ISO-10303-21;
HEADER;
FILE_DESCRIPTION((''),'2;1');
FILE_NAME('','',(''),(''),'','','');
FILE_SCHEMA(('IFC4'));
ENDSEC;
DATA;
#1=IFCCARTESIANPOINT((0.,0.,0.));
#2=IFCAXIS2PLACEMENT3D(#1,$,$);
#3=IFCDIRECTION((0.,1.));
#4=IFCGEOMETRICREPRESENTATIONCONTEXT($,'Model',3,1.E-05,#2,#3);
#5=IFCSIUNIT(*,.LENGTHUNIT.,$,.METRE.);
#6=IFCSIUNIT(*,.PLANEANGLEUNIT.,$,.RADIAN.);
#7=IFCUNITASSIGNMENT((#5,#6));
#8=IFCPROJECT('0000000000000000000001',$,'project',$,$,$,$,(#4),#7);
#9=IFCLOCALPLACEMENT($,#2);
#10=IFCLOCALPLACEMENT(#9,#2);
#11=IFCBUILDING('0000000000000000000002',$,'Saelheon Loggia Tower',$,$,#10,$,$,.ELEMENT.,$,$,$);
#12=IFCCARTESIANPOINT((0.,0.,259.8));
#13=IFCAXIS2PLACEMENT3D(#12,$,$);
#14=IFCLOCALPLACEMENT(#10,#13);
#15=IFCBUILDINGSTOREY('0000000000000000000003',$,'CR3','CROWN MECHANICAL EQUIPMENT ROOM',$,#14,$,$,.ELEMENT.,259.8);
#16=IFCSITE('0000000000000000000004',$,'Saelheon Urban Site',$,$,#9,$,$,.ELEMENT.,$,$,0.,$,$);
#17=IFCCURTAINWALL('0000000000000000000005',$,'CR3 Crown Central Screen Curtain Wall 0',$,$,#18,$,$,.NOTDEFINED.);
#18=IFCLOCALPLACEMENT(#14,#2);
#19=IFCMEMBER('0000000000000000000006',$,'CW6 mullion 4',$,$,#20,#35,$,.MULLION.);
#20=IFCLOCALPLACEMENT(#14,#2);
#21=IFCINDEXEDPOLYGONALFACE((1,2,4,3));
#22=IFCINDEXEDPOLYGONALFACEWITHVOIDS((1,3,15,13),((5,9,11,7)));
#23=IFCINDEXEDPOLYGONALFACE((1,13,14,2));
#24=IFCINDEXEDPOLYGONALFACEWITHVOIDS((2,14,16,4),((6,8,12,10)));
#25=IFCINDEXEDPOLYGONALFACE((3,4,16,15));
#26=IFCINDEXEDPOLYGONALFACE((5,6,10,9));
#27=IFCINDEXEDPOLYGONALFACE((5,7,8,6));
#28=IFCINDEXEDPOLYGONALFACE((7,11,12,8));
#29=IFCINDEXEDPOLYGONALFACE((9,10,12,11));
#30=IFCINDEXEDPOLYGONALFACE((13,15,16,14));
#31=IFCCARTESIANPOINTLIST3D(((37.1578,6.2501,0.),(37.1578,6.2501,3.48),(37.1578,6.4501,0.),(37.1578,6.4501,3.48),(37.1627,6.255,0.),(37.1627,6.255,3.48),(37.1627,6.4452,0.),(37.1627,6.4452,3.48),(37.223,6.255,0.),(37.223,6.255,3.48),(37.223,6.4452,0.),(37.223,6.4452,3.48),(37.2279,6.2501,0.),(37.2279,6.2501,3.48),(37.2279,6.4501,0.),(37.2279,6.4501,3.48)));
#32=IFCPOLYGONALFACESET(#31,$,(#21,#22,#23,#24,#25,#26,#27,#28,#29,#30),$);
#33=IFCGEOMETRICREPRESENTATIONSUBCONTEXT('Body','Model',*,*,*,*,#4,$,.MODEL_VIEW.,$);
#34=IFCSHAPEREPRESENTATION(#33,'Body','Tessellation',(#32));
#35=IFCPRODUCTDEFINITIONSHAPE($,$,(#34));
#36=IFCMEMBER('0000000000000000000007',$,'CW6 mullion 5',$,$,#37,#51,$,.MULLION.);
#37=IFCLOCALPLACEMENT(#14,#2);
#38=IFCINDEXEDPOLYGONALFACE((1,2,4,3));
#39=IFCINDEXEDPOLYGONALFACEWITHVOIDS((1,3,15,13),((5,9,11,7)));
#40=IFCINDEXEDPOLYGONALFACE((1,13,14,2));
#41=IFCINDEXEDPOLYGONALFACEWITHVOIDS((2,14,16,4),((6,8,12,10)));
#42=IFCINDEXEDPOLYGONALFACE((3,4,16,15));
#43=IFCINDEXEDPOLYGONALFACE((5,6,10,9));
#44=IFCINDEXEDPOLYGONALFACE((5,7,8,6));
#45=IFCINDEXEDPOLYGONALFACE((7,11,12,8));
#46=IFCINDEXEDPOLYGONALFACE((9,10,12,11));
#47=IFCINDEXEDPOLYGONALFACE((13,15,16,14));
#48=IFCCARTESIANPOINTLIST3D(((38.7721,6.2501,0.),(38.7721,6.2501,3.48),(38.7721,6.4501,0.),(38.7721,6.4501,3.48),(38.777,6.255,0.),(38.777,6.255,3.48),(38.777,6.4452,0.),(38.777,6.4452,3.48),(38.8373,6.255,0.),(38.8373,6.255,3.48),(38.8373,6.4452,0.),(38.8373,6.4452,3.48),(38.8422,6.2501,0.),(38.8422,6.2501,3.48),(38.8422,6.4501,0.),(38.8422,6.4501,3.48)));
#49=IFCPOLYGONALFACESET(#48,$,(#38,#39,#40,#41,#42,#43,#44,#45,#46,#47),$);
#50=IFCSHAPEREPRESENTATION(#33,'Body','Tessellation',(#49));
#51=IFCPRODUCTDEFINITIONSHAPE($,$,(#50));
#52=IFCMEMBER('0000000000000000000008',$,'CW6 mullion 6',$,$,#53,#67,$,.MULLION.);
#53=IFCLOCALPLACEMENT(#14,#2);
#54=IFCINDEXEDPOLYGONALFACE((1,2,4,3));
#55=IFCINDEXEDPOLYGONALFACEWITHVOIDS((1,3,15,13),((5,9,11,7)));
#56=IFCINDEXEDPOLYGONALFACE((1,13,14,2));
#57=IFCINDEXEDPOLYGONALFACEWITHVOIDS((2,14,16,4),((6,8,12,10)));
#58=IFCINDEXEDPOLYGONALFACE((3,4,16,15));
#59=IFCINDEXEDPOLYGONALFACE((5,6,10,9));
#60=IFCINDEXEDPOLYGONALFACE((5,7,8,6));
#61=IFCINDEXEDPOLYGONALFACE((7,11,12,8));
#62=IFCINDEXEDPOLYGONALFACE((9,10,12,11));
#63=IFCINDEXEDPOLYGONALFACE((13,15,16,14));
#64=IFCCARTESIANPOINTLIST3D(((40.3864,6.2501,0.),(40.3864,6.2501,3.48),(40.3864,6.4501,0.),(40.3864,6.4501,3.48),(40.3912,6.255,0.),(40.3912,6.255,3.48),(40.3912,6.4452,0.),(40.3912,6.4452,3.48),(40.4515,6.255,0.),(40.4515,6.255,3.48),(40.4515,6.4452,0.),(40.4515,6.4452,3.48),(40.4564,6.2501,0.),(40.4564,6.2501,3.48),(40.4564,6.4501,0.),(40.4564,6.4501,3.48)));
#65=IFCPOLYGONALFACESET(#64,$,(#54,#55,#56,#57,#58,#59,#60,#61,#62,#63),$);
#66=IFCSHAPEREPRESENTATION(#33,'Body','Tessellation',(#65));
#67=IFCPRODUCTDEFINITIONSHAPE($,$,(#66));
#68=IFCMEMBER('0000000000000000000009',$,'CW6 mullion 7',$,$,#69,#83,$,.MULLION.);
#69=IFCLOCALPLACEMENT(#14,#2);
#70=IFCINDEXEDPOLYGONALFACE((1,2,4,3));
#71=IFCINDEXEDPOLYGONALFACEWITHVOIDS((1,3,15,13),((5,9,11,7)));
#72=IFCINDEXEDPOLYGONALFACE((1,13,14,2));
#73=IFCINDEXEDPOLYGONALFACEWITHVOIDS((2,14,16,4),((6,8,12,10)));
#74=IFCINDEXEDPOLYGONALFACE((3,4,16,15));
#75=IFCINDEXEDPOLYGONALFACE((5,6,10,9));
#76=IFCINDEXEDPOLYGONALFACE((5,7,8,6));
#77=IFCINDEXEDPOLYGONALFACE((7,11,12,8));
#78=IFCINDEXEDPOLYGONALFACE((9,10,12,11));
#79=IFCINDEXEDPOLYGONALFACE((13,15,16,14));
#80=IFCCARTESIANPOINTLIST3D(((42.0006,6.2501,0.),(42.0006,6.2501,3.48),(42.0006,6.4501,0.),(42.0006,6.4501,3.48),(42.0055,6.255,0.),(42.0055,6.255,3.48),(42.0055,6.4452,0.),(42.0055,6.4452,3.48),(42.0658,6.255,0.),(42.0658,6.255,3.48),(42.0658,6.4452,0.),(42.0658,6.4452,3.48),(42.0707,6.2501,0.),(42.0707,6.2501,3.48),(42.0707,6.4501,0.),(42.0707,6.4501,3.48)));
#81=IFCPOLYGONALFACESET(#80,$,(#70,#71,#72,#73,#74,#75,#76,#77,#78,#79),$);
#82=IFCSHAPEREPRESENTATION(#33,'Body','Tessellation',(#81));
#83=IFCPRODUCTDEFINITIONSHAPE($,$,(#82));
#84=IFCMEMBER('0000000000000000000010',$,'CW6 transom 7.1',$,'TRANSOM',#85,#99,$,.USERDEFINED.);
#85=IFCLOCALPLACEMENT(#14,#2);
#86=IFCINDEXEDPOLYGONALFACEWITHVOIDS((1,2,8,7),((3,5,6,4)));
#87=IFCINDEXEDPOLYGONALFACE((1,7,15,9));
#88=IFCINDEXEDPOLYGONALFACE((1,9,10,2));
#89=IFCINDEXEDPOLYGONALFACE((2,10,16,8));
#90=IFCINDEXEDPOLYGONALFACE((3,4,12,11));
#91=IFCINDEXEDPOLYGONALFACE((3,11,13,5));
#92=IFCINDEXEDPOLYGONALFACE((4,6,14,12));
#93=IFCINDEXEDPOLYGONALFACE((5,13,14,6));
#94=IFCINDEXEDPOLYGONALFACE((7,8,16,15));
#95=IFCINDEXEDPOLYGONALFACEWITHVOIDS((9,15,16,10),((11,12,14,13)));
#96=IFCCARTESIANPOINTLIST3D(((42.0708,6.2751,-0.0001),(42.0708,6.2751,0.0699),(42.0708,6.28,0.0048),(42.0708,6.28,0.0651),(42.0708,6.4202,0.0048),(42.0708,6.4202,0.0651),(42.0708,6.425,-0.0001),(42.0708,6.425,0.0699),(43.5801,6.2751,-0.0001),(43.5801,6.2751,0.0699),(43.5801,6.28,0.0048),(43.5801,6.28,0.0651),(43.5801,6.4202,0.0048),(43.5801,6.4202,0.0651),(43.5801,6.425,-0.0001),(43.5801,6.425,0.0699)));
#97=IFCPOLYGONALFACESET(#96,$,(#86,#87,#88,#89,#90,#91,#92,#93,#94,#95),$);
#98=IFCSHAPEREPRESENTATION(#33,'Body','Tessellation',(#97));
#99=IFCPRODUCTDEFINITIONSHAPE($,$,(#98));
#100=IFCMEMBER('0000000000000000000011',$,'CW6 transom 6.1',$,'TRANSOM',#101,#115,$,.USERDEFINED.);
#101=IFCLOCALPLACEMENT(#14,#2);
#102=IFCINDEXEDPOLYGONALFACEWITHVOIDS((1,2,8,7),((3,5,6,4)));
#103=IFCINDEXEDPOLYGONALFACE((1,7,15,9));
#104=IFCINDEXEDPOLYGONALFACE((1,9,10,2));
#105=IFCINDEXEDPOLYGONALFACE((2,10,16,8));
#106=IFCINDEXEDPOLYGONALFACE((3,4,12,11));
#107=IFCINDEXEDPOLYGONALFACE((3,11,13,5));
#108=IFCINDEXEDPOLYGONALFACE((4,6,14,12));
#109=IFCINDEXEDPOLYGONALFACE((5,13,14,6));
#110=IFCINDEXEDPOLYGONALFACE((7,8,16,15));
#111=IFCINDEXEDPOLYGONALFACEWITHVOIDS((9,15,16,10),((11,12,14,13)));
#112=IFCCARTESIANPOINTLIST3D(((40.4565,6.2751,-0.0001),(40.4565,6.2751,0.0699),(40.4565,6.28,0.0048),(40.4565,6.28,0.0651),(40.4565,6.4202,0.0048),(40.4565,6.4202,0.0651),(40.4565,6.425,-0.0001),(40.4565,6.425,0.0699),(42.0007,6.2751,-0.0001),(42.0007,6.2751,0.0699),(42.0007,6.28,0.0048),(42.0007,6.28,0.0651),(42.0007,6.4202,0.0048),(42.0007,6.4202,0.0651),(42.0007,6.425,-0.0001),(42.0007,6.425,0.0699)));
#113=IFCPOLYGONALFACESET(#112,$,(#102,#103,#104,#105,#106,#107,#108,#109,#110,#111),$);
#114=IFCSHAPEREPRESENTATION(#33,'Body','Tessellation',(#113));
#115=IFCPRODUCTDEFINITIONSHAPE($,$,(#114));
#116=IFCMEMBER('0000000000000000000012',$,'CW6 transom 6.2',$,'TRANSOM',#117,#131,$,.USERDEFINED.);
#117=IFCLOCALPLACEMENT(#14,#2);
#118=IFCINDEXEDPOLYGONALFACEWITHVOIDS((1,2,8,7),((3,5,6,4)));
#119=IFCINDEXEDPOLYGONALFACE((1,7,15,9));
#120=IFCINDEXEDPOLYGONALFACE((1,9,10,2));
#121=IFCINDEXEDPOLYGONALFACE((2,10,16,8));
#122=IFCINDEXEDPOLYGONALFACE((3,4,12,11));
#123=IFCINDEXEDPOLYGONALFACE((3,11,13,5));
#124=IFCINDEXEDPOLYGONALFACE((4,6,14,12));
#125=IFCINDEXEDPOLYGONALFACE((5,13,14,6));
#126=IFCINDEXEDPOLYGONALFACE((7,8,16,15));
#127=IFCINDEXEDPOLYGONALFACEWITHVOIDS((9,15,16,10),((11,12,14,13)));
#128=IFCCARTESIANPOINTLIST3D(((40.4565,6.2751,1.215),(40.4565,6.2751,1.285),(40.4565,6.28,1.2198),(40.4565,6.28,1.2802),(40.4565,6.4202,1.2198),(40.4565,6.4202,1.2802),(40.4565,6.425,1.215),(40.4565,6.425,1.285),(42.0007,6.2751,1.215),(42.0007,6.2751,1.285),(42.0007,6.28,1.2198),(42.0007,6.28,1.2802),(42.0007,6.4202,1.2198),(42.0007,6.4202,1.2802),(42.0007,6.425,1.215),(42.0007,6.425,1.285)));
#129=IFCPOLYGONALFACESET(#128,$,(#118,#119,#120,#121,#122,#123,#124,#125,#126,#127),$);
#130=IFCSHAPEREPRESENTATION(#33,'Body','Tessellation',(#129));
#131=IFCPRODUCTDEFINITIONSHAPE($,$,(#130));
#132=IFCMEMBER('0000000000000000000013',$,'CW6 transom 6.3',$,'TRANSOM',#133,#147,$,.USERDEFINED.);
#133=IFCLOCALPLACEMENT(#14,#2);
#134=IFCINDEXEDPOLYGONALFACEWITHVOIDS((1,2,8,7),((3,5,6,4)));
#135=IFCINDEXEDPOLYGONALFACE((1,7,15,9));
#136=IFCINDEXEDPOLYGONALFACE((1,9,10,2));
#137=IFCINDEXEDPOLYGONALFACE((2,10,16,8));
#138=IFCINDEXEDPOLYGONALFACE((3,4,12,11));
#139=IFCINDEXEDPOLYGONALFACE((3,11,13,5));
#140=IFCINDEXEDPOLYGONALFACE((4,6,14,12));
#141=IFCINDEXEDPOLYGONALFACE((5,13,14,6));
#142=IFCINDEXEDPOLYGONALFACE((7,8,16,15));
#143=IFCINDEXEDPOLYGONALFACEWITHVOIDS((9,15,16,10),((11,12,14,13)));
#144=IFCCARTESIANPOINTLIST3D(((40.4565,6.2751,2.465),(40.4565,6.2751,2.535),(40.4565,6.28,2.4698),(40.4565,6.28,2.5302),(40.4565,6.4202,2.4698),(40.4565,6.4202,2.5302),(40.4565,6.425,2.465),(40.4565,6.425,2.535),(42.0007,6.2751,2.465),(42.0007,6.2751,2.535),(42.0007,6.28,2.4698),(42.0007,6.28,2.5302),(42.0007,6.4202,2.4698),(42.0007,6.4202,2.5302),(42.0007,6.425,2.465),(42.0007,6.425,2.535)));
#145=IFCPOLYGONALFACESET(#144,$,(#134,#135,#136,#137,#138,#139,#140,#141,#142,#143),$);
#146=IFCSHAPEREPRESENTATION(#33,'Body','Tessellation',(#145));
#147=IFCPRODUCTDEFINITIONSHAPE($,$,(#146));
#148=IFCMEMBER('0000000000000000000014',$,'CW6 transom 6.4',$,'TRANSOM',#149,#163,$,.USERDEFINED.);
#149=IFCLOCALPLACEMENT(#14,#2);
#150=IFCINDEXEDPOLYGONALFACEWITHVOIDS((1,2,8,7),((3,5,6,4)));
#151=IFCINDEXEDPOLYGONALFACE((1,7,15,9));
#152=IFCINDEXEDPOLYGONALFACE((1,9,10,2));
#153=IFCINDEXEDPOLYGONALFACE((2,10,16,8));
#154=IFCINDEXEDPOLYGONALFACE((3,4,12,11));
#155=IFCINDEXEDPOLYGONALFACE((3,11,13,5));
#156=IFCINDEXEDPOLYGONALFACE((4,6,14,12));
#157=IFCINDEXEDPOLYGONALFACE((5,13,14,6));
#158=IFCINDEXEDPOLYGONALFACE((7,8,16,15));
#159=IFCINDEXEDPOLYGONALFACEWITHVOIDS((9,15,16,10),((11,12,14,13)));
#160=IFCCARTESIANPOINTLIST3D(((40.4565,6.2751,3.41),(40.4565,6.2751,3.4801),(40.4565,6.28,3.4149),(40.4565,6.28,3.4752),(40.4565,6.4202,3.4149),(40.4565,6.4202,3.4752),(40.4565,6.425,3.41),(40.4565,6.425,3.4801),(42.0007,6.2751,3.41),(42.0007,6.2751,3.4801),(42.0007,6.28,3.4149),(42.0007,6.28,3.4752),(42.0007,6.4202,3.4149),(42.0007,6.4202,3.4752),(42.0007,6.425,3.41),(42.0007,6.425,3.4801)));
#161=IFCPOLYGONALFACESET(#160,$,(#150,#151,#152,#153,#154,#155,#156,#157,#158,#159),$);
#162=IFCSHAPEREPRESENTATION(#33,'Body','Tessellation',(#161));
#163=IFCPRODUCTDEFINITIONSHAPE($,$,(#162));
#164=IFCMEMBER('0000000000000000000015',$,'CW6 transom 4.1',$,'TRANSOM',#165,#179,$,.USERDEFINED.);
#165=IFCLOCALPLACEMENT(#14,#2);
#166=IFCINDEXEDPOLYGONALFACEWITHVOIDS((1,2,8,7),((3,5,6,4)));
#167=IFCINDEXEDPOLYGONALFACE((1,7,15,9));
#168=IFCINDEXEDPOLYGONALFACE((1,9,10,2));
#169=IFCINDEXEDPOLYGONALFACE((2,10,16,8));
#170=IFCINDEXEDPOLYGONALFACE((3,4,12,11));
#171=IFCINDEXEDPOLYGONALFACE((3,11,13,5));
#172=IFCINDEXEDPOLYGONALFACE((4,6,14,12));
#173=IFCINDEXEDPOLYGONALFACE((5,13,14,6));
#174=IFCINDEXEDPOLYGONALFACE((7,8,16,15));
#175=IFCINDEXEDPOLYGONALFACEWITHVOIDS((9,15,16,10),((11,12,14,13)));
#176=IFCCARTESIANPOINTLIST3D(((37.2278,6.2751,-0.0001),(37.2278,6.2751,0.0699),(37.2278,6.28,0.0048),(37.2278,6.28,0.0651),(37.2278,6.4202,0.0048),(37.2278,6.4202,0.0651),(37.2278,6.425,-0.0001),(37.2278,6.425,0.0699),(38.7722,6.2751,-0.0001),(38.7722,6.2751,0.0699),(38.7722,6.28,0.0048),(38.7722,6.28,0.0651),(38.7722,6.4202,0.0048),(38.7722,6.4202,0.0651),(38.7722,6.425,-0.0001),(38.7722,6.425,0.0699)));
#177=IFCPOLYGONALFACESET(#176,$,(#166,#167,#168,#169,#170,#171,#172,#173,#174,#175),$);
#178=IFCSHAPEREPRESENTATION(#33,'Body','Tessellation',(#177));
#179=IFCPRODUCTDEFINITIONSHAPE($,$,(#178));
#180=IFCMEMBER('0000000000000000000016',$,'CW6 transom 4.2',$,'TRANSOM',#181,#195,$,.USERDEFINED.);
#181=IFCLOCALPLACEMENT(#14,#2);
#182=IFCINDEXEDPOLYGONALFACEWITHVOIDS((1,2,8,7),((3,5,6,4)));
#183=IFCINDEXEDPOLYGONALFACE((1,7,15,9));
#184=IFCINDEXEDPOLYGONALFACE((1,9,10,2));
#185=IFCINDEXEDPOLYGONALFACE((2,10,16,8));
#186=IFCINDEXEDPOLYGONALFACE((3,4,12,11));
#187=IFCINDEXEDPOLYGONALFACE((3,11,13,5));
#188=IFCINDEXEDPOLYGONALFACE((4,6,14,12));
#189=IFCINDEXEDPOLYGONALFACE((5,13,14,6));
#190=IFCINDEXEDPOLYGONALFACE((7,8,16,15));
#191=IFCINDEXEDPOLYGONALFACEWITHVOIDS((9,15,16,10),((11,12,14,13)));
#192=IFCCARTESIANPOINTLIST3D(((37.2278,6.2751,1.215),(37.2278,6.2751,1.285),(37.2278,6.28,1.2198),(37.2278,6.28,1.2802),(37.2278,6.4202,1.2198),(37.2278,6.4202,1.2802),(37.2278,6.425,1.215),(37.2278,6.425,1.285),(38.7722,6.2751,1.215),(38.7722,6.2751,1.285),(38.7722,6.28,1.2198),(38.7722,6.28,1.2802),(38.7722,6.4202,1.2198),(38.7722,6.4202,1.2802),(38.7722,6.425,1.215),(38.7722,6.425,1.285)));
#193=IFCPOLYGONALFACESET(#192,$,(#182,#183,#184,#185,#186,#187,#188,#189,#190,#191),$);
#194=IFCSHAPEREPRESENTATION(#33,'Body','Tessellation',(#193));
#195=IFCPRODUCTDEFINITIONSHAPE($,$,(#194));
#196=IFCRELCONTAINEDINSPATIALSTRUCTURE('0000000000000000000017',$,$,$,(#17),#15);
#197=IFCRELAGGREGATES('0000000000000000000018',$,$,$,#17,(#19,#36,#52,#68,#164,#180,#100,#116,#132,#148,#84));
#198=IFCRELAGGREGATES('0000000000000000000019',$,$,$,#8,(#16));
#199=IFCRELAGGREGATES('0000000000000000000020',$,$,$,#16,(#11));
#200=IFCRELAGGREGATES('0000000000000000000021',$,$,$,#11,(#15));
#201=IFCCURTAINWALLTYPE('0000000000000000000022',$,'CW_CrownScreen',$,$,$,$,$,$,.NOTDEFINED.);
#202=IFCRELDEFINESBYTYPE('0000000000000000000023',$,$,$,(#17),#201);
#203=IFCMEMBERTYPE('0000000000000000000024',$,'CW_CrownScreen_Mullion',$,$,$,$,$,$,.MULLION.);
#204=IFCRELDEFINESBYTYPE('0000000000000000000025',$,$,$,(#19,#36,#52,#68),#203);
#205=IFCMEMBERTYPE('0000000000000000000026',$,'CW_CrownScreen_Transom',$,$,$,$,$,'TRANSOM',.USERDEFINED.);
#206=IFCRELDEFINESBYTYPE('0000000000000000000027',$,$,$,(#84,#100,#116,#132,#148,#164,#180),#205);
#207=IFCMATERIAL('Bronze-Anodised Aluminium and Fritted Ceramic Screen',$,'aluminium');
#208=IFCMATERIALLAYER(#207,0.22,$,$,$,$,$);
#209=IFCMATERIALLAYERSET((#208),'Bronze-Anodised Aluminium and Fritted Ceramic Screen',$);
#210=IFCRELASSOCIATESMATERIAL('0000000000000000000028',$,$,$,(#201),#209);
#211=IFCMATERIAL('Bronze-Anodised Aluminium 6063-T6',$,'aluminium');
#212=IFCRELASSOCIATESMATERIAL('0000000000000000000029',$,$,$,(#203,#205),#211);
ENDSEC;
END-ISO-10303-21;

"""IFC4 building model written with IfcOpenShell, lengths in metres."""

from ifc_helpers import new_model, si_unit, direction, frame, origin, origin_2d, place, context, subcontext, project, spatial, hollow_rectangle, extrude, source, transform, mapped, material, layer, layer_set, material_profile, profile_set, type_object, element, aggregate, save


model = new_model("IFC4")

# Units and contexts
model_context = context("Model", 3, precision=1e-05, world=origin(), true_north=direction((0.0, 1.0)))
body_context = subcontext(model_context, "Body", "Model", "MODEL_VIEW")
ifc_project = project(units=[si_unit("LENGTHUNIT", "METRE"), si_unit("PLANEANGLEUNIT", "RADIAN")], contexts=[model_context])

# Site, building, storey
site_placement = place(None, origin())
site = spatial("IfcSite", under=ifc_project, at=site_placement, Name="Saelheon Urban Site", CompositionType="ELEMENT", RefElevation=0.0)
building_placement = place(site_placement, origin())
building = spatial("IfcBuilding", under=site, at=building_placement, Name="Saelheon Loggia Tower", CompositionType="ELEMENT")
storey_placement = place(building_placement, frame((0.0, 0.0, 259.8)))
storey = spatial("IfcBuildingStorey", under=building, at=storey_placement, Name="CR3", Description="CROWN MECHANICAL EQUIPMENT ROOM", CompositionType="ELEMENT", Elevation=259.8)

# Curtain wall, members
ifc_material_1 = material(Name="Bronze-Anodised Aluminium and Fritted Ceramic Screen", Category="aluminium")
ifc_layer_1 = layer(ifc_material_1, 0.22)
ifc_layer_set_1 = layer_set([ifc_layer_1], Name="Bronze-Anodised Aluminium and Fritted Ceramic Screen")
curtain_wall_type = type_object("IfcCurtainWallType", Name="CW_CrownScreen", PredefinedType="NOTDEFINED", material=ifc_layer_set_1)
curtain_wall_placement = place(storey_placement, origin())
curtain_wall = element("IfcCurtainWall", 1, at=curtain_wall_placement, inside=storey, type_object=curtain_wall_type, Name="CR3 Crown Central Screen Curtain Wall 0", PredefinedType="NOTDEFINED")
ifc_material_2 = material(Name="Bronze-Anodised Aluminium 6063-T6", Category="aluminium")
ifc_material_profile_1 = material_profile(ifc_material_2, hollow_rectangle(XDim=0.0701, YDim=0.2, WallThickness=0.0049, at=origin_2d()), Name="RHS-200x70x5")
ifc_profile_set_1 = profile_set([ifc_material_profile_1], Name="Bronze-Anodised Aluminium 6063-T6")
member_type_1 = type_object("IfcMemberType", Name="CW_CrownScreen_Mullion", PredefinedType="MULLION", material=ifc_profile_set_1)
shared_shape_1 = source(origin(), body_context, "Body", "SweptSolid", [
    extrude(hollow_rectangle(XDim=0.0701, YDim=0.2, WallThickness=0.0049, at=origin_2d()), origin(), (0.0, 0.0, 1.0), 3.48),
])
member_1_placement = place(storey_placement, frame((37.1929, 6.3501, 0.0), z_axis=(0.0, 0.0, 1.0), x_axis=(1.0, 0.0, 0.0)))
member_1 = element("IfcMember", 2, at=member_1_placement, type_object=member_type_1, Name="CW6 mullion 4", PredefinedType="MULLION", context=body_context, shape_type="MappedRepresentation", body=[
    mapped(shared_shape_1, transform((0.0, 0.0, 0.0), scale=1.0)),
])
member_2_placement = place(storey_placement, frame((38.8071, 6.3501, 0.0), z_axis=(0.0, 0.0, 1.0), x_axis=(1.0, 0.0, 0.0)))
member_2 = element("IfcMember", 3, at=member_2_placement, type_object=member_type_1, Name="CW6 mullion 5", PredefinedType="MULLION", context=body_context, shape_type="MappedRepresentation", body=[
    mapped(shared_shape_1, transform((0.0, 0.0, 0.0), scale=1.0)),
])
member_3_placement = place(storey_placement, frame((40.4214, 6.3501, 0.0), z_axis=(0.0, 0.0, 1.0), x_axis=(1.0, 0.0, 0.0)))
member_3 = element("IfcMember", 4, at=member_3_placement, type_object=member_type_1, Name="CW6 mullion 6", PredefinedType="MULLION", context=body_context, shape_type="MappedRepresentation", body=[
    mapped(shared_shape_1, transform((0.0, 0.0, 0.0), scale=1.0)),
])
member_4_placement = place(storey_placement, frame((42.0356, 6.3501, 0.0), z_axis=(0.0, 0.0, 1.0), x_axis=(1.0, 0.0, 0.0)))
member_4 = element("IfcMember", 5, at=member_4_placement, type_object=member_type_1, Name="CW6 mullion 7", PredefinedType="MULLION", context=body_context, shape_type="MappedRepresentation", body=[
    mapped(shared_shape_1, transform((0.0, 0.0, 0.0), scale=1.0)),
])
ifc_material_profile_2 = material_profile(ifc_material_2, hollow_rectangle(XDim=0.0701, YDim=0.1499, WallThickness=0.0049, at=origin_2d()), Name="RHS-150x70x5")
ifc_profile_set_2 = profile_set([ifc_material_profile_2], Name="Bronze-Anodised Aluminium 6063-T6")
member_type_2 = type_object("IfcMemberType", Name="CW_CrownScreen_Transom", ElementType="TRANSOM", PredefinedType="USERDEFINED", material=ifc_profile_set_2)
shared_shape_2 = source(origin(), body_context, "Body", "SweptSolid", [
    extrude(hollow_rectangle(XDim=0.0701, YDim=0.1499, WallThickness=0.0049, at=origin_2d()), origin(), (0.0, 0.0, 1.0), 1.5093),
])
member_5_placement = place(storey_placement, frame((42.0708, 6.3501, 0.0349), z_axis=(1.0, 0.0, 0.0), x_axis=(0.0, 0.0, 1.0)))
member_5 = element("IfcMember", 6, at=member_5_placement, type_object=member_type_2, Name="CW6 transom 7.1", ObjectType="TRANSOM", PredefinedType="USERDEFINED", context=body_context, shape_type="MappedRepresentation", body=[
    mapped(shared_shape_2, transform((0.0, 0.0, 0.0), scale=1.0)),
])
shared_shape_3 = source(origin(), body_context, "Body", "SweptSolid", [
    extrude(hollow_rectangle(XDim=0.0701, YDim=0.1499, WallThickness=0.0049, at=origin_2d()), origin(), (0.0, 0.0, 1.0), 1.5442),
])
member_6_placement = place(storey_placement, frame((40.4565, 6.3501, 0.0349), z_axis=(1.0, 0.0, 0.0), x_axis=(0.0, 0.0, 1.0)))
member_6 = element("IfcMember", 7, at=member_6_placement, type_object=member_type_2, Name="CW6 transom 6.1", ObjectType="TRANSOM", PredefinedType="USERDEFINED", context=body_context, shape_type="MappedRepresentation", body=[
    mapped(shared_shape_3, transform((0.0, 0.0, 0.0), scale=1.0)),
])
member_7_placement = place(storey_placement, frame((40.4565, 6.3501, 1.25), z_axis=(1.0, 0.0, 0.0), x_axis=(0.0, 0.0, 1.0)))
member_7 = element("IfcMember", 8, at=member_7_placement, type_object=member_type_2, Name="CW6 transom 6.2", ObjectType="TRANSOM", PredefinedType="USERDEFINED", context=body_context, shape_type="MappedRepresentation", body=[
    mapped(shared_shape_3, transform((0.0, 0.0, 0.0), scale=1.0)),
])
member_8_placement = place(storey_placement, frame((40.4565, 6.3501, 2.5), z_axis=(1.0, 0.0, 0.0), x_axis=(0.0, 0.0, 1.0)))
member_8 = element("IfcMember", 9, at=member_8_placement, type_object=member_type_2, Name="CW6 transom 6.3", ObjectType="TRANSOM", PredefinedType="USERDEFINED", context=body_context, shape_type="MappedRepresentation", body=[
    mapped(shared_shape_3, transform((0.0, 0.0, 0.0), scale=1.0)),
])
member_9_placement = place(storey_placement, frame((40.4565, 6.3501, 3.4451), z_axis=(1.0, 0.0, 0.0), x_axis=(0.0, 0.0, 1.0)))
member_9 = element("IfcMember", 10, at=member_9_placement, type_object=member_type_2, Name="CW6 transom 6.4", ObjectType="TRANSOM", PredefinedType="USERDEFINED", context=body_context, shape_type="MappedRepresentation", body=[
    mapped(shared_shape_3, transform((0.0, 0.0, 0.0), scale=1.0)),
])
shared_shape_4 = source(origin(), body_context, "Body", "SweptSolid", [
    extrude(hollow_rectangle(XDim=0.0701, YDim=0.1499, WallThickness=0.0049, at=origin_2d()), origin(), (0.0, 0.0, 1.0), 1.5444),
])
member_10_placement = place(storey_placement, frame((37.2278, 6.3501, 0.0349), z_axis=(1.0, 0.0, 0.0), x_axis=(0.0, 0.0, 1.0)))
member_10 = element("IfcMember", 11, at=member_10_placement, type_object=member_type_2, Name="CW6 transom 4.1", ObjectType="TRANSOM", PredefinedType="USERDEFINED", context=body_context, shape_type="MappedRepresentation", body=[
    mapped(shared_shape_4, transform((0.0, 0.0, 0.0), scale=1.0)),
])
member_11_placement = place(storey_placement, frame((37.2278, 6.3501, 1.25), z_axis=(1.0, 0.0, 0.0), x_axis=(0.0, 0.0, 1.0)))
member_11 = element("IfcMember", 12, at=member_11_placement, type_object=member_type_2, Name="CW6 transom 4.2", ObjectType="TRANSOM", PredefinedType="USERDEFINED", context=body_context, shape_type="MappedRepresentation", body=[
    mapped(shared_shape_4, transform((0.0, 0.0, 0.0), scale=1.0)),
])
aggregate(curtain_wall, [member_1, member_2, member_3, member_4, member_10, member_11, member_6, member_7, member_8, member_9, member_5])

save(model, "model.ifc")
